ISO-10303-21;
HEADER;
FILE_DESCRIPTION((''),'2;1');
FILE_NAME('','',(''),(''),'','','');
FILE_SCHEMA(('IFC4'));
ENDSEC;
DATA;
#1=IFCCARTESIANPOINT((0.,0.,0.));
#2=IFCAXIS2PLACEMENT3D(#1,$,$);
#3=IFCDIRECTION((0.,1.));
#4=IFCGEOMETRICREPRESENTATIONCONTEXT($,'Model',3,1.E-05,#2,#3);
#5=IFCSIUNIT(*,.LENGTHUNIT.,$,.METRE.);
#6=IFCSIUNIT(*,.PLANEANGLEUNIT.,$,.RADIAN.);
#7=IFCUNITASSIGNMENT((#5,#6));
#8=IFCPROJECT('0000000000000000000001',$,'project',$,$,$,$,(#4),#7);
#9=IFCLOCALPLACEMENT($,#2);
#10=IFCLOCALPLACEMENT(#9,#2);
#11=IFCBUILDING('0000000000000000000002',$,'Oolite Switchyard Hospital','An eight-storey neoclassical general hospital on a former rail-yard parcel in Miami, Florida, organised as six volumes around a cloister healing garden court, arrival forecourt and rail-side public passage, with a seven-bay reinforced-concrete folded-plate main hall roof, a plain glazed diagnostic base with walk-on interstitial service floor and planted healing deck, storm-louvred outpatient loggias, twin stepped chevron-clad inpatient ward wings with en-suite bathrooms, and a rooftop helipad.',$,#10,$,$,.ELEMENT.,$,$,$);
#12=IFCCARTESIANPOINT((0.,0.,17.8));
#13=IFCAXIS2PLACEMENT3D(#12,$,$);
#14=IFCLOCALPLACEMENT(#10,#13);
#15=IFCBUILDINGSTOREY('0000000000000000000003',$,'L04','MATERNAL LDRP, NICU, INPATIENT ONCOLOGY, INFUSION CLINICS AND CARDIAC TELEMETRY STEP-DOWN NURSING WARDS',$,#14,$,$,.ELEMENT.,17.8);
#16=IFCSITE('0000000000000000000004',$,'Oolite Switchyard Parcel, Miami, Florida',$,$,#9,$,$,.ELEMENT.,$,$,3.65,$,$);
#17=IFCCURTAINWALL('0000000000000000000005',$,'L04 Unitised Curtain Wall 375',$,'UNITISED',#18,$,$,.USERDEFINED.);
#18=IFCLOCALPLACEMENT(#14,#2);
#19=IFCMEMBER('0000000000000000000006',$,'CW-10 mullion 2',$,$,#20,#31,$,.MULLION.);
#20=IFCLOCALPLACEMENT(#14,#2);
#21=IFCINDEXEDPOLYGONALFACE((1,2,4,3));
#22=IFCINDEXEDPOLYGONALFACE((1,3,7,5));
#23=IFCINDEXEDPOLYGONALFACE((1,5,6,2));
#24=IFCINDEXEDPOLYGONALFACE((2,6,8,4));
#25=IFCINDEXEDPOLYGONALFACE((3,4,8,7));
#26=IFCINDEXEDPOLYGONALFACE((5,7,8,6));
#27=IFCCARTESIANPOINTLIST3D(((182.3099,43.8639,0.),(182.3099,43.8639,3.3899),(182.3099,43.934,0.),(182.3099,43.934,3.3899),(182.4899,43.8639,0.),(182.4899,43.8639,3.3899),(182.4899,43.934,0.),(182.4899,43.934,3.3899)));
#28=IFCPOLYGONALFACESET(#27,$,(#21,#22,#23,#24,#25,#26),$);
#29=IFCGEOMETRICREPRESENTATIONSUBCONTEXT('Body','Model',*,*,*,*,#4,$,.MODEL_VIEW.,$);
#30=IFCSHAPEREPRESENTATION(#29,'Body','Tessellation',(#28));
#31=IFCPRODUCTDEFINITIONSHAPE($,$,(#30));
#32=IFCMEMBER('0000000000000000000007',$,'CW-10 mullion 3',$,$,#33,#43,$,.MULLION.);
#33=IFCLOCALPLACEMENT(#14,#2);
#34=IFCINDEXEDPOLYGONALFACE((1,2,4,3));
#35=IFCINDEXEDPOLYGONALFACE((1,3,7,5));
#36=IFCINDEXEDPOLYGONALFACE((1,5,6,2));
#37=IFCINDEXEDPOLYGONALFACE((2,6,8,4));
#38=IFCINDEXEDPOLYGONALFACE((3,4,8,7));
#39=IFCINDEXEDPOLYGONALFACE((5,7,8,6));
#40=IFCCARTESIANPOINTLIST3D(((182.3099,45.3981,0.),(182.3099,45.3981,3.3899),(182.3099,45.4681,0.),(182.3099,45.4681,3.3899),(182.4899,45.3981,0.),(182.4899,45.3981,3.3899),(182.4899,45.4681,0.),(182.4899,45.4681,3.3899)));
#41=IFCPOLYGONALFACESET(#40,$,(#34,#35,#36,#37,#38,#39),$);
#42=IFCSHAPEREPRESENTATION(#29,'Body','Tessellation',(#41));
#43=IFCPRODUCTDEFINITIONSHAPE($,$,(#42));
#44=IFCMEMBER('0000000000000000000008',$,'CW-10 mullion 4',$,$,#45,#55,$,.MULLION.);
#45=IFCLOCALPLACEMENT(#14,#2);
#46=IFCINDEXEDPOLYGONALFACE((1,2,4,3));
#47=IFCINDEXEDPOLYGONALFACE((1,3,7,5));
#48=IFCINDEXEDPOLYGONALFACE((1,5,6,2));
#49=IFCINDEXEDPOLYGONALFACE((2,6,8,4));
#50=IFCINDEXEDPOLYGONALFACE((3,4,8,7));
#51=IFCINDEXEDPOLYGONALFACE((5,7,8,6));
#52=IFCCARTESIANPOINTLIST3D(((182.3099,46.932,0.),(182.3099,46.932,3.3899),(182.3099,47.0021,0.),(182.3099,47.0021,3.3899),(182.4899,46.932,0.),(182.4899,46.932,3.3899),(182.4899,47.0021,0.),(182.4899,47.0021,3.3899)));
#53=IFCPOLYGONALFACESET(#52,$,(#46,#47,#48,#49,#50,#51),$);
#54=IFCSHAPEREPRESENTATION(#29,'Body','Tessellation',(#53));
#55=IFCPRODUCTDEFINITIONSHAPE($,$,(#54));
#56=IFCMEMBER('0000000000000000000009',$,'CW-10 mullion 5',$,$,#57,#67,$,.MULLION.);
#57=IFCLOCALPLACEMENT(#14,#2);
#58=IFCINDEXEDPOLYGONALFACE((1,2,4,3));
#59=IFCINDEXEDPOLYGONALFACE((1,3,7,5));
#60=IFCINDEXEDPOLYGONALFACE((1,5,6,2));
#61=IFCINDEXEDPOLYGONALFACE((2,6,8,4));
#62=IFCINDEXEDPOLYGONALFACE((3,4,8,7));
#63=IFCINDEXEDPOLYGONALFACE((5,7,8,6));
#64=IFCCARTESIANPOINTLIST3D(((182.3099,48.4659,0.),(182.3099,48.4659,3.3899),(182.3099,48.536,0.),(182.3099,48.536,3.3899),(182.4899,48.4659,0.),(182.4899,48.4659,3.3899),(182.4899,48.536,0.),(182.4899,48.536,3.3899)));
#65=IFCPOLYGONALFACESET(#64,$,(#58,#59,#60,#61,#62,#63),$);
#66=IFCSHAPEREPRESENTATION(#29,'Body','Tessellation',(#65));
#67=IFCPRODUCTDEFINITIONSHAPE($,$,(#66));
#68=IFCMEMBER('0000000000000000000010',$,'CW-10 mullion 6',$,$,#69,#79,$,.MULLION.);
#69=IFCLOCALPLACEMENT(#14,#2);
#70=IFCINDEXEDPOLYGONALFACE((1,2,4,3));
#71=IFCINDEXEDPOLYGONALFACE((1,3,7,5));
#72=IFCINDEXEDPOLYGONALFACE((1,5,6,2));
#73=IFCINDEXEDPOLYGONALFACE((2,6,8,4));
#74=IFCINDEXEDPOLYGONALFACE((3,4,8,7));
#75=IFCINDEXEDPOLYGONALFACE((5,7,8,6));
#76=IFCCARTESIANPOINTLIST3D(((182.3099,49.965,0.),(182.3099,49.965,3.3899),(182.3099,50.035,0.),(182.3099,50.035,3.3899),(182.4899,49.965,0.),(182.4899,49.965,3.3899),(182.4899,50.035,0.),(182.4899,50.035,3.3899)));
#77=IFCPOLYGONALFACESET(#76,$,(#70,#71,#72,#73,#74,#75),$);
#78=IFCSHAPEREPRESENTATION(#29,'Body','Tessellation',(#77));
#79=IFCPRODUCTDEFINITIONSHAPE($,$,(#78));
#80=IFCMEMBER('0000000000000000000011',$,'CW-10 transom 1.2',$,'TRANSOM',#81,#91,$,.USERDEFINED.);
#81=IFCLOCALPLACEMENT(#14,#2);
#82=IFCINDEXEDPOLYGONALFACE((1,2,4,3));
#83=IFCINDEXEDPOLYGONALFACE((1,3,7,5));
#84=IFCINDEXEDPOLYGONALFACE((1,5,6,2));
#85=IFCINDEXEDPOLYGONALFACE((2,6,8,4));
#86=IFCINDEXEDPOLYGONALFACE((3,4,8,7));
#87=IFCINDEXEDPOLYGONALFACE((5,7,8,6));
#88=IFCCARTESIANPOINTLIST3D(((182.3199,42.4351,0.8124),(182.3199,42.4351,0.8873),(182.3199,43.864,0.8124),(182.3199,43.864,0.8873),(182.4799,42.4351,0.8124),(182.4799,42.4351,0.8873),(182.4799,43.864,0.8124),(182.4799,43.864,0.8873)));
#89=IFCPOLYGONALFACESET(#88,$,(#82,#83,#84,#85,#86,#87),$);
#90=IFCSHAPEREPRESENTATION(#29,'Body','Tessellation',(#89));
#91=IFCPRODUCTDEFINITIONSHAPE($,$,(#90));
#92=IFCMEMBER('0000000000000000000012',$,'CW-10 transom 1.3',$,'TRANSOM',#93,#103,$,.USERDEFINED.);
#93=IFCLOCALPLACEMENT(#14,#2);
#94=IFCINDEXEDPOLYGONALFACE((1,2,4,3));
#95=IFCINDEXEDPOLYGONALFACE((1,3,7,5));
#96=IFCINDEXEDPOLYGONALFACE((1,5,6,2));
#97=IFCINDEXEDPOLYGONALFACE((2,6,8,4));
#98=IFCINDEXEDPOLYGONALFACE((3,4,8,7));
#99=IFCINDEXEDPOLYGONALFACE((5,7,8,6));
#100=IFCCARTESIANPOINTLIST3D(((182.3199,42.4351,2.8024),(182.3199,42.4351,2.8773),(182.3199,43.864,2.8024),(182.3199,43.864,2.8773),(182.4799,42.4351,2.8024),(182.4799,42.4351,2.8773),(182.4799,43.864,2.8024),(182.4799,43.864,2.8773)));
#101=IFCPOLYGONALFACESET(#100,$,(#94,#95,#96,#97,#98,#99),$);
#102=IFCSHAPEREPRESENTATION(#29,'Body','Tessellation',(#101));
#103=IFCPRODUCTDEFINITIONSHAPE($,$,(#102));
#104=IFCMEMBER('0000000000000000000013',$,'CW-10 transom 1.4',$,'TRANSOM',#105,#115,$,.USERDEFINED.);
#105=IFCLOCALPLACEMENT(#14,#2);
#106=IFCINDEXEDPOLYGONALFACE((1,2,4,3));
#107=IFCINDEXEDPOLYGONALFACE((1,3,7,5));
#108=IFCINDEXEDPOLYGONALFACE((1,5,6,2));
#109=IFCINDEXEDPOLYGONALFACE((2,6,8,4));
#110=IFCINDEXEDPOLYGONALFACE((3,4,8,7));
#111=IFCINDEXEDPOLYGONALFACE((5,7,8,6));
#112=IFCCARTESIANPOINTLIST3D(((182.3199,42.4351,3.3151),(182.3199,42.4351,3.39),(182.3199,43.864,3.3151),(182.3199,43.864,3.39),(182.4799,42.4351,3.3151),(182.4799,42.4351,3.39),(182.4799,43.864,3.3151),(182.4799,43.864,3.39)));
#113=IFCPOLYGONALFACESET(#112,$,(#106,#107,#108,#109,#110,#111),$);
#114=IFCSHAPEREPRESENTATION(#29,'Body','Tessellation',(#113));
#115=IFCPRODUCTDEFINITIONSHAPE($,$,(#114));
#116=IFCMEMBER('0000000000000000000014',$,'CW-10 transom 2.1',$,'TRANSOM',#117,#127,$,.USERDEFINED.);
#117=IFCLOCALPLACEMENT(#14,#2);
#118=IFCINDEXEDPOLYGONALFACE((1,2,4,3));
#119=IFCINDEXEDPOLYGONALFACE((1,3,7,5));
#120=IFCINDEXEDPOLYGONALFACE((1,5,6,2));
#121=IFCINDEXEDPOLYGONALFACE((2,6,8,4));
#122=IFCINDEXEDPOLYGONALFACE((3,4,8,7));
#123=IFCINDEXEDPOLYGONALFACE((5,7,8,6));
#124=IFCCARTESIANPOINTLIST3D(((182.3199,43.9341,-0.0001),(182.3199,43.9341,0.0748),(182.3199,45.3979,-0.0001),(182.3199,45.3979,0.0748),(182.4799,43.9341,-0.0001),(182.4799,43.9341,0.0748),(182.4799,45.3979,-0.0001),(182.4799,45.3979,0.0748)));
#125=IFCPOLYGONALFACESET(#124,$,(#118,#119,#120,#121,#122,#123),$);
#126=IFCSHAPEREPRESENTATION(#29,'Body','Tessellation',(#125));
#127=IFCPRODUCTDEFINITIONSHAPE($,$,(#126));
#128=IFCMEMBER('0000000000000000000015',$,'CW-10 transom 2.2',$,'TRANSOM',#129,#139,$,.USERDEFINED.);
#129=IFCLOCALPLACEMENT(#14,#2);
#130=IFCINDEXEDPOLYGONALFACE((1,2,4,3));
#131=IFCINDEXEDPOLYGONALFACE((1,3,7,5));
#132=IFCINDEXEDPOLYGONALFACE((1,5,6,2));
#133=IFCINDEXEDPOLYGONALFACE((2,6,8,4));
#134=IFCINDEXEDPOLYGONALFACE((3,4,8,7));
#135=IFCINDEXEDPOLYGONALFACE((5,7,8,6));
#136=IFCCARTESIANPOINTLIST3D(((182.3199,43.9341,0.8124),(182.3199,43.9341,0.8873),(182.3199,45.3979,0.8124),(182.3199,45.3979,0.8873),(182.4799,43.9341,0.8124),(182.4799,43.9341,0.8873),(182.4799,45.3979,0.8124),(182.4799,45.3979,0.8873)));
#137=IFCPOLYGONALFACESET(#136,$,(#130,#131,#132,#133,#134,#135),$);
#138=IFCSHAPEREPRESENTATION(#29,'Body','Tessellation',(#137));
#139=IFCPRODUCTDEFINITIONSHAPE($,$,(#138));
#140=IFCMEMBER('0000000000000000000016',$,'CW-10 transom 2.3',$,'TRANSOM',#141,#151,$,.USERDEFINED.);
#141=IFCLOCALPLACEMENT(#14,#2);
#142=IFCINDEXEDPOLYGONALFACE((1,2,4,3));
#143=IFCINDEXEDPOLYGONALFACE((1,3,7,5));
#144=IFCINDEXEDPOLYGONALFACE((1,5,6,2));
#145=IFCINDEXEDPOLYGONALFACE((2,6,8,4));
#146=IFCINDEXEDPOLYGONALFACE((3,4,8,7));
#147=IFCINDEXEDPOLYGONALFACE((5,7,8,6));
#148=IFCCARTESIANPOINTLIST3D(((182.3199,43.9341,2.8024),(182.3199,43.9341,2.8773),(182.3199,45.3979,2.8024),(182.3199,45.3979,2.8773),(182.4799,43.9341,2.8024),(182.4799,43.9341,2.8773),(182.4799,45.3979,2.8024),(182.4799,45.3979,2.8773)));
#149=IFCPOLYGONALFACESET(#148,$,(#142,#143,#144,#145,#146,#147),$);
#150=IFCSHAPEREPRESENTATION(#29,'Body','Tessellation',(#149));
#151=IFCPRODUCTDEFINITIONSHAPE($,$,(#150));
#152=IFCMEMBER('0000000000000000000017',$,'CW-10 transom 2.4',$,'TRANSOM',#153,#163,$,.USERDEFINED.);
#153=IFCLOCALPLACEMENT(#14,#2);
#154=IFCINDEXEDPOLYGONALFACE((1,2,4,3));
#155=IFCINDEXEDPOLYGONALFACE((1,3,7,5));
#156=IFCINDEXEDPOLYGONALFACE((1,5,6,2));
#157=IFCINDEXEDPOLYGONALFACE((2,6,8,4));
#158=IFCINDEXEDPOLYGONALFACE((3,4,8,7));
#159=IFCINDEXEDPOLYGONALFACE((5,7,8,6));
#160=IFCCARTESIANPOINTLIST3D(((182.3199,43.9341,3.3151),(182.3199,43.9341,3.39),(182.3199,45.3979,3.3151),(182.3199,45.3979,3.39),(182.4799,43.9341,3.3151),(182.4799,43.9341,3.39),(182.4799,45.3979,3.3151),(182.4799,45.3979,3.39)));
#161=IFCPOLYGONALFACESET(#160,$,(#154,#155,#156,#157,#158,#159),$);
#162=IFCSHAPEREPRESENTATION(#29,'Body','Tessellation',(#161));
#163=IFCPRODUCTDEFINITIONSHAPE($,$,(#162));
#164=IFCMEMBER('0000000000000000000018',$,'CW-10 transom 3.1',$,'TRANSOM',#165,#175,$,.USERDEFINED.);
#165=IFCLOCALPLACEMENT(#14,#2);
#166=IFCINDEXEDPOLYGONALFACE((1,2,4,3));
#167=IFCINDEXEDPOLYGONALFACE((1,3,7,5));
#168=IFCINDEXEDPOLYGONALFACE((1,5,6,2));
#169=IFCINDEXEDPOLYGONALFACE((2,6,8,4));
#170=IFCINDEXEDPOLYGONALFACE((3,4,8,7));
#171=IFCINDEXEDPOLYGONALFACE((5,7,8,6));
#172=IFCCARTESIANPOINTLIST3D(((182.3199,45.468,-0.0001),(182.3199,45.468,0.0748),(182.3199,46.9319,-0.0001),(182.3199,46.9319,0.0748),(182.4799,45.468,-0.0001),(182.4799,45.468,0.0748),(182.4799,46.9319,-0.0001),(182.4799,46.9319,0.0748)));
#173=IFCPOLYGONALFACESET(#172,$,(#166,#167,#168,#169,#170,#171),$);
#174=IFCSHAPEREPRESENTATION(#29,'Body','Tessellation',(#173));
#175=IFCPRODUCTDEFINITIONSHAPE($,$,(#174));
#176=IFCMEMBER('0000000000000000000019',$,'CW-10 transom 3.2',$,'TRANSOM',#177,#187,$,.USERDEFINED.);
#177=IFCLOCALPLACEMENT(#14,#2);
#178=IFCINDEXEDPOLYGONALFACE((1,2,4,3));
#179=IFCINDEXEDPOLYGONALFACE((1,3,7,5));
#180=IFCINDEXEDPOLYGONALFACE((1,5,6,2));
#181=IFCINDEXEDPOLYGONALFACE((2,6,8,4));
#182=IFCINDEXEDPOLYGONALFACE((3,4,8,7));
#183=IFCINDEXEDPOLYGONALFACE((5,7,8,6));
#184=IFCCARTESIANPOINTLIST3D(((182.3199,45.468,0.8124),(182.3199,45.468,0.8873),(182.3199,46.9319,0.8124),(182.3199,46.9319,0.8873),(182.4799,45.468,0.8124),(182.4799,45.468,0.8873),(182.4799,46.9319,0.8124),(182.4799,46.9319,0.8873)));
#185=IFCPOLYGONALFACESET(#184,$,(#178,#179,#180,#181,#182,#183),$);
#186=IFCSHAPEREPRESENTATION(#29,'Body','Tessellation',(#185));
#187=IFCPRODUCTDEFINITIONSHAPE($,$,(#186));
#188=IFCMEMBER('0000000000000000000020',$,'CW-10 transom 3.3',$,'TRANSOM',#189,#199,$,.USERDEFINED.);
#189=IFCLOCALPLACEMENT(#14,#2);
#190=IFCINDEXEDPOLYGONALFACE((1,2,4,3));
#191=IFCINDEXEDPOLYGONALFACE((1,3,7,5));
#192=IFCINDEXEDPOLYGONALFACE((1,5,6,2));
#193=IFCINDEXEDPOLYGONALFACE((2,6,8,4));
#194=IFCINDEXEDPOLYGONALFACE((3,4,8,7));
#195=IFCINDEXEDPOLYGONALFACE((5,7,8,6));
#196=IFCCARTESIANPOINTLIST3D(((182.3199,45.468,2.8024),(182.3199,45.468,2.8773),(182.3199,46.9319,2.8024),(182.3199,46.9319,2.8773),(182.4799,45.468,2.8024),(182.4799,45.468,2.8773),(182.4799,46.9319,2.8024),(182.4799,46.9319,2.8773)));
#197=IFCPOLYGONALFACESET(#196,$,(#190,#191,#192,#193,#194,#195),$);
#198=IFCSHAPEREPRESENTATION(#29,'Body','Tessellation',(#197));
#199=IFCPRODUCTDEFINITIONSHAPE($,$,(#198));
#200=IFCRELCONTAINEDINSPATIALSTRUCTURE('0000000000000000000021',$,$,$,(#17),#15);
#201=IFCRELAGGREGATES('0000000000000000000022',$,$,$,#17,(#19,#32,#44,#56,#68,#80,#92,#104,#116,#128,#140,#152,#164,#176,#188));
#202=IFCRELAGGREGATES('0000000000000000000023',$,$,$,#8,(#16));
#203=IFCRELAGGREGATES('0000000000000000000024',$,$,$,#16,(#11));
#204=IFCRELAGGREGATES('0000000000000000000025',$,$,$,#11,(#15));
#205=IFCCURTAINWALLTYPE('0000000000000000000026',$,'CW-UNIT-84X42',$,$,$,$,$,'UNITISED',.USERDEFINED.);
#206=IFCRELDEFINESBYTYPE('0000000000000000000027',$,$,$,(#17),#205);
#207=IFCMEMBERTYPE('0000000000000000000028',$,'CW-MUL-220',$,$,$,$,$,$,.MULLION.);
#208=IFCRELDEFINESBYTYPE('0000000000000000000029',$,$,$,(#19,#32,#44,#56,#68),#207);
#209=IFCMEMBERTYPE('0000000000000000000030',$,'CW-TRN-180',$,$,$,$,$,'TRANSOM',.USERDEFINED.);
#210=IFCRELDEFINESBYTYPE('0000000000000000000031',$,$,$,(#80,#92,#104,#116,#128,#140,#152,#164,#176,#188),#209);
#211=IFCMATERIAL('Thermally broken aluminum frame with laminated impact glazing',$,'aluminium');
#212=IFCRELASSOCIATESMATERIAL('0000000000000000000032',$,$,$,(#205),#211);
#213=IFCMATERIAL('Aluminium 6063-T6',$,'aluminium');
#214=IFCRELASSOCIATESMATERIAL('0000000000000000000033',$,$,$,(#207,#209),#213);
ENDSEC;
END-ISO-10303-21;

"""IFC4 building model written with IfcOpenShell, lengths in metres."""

from ifc_helpers import new_model, si_unit, direction, frame, origin, origin_2d, place, context, subcontext, project, spatial, rectangle, extrude, material, material_profile, profile_set, type_object, element, aggregate, save


model = new_model("IFC4")

# Units and contexts
model_context = context("Model", 3, precision=1e-05, world=origin(), true_north=direction((0.0, 1.0)))
body_context = subcontext(model_context, "Body", "Model", "MODEL_VIEW")
ifc_project = project(units=[si_unit("LENGTHUNIT", "METRE"), si_unit("PLANEANGLEUNIT", "RADIAN")], contexts=[model_context])

# Site, building, storey
site_placement = place(None, origin())
site = spatial("IfcSite", under=ifc_project, at=site_placement, Name="Oolite Switchyard Parcel, Miami, Florida", CompositionType="ELEMENT", RefElevation=3.65)
building_placement = place(site_placement, origin())
building = spatial("IfcBuilding", under=site, at=building_placement, Name="Oolite Switchyard Hospital", Description="An eight-storey neoclassical general hospital on a former rail-yard parcel in Miami, Florida, organised as six volumes around a cloister healing garden court, arrival forecourt and rail-side public passage, with a seven-bay reinforced-concrete folded-plate main hall roof, a plain glazed diagnostic base with walk-on interstitial service floor and planted healing deck, storm-louvred outpatient loggias, twin stepped chevron-clad inpatient ward wings with en-suite bathrooms, and a rooftop helipad.", CompositionType="ELEMENT")
storey_placement = place(building_placement, frame((0.0, 0.0, 17.8)))
storey = spatial("IfcBuildingStorey", under=building, at=storey_placement, Name="L04", Description="MATERNAL LDRP, NICU, INPATIENT ONCOLOGY, INFUSION CLINICS AND CARDIAC TELEMETRY STEP-DOWN NURSING WARDS", CompositionType="ELEMENT", Elevation=17.8)

# Curtain wall, members
ifc_material_1 = material(Name="Thermally broken aluminum frame with laminated impact glazing", Category="aluminium")
curtain_wall_type = type_object("IfcCurtainWallType", Name="CW-UNIT-84X42", ElementType="UNITISED", PredefinedType="USERDEFINED", material=ifc_material_1)
curtain_wall_placement = place(storey_placement, origin())
curtain_wall = element("IfcCurtainWall", 1, at=curtain_wall_placement, inside=storey, type_object=curtain_wall_type, Name="L04 Unitised Curtain Wall 375", ObjectType="UNITISED", PredefinedType="USERDEFINED")
ifc_material_2 = material(Name="Aluminium 6063-T6", Category="aluminium")
ifc_material_profile_1 = material_profile(ifc_material_2, rectangle(XDim=0.1799, YDim=0.0701, at=origin_2d()), Name="CWM70X180")
ifc_profile_set_1 = profile_set([ifc_material_profile_1], Name="Aluminium 6063-T6")
member_type_1 = type_object("IfcMemberType", Name="CW-MUL-220", PredefinedType="MULLION", material=ifc_profile_set_1)
member_1_placement = place(storey_placement, frame((182.3999, 43.8989, 0.0), z_axis=(0.0, 0.0, 1.0), x_axis=(-1.0, 0.0, 0.0)))
member_1 = element("IfcMember", 2, at=member_1_placement, type_object=member_type_1, Name="CW-10 mullion 2", PredefinedType="MULLION", context=body_context, shape_type="SweptSolid", body=[
    extrude(rectangle(XDim=0.1799, YDim=0.0701, at=origin_2d()), origin(), (0.0, 0.0, 1.0), 3.3899),
])
member_2_placement = place(storey_placement, frame((182.3999, 45.4331, 0.0), z_axis=(0.0, 0.0, 1.0), x_axis=(-1.0, 0.0, 0.0)))
member_2 = element("IfcMember", 3, at=member_2_placement, type_object=member_type_1, Name="CW-10 mullion 3", PredefinedType="MULLION", context=body_context, shape_type="SweptSolid", body=[
    extrude(rectangle(XDim=0.1799, YDim=0.0701, at=origin_2d()), origin(), (0.0, 0.0, 1.0), 3.3899),
])
member_3_placement = place(storey_placement, frame((182.3999, 46.967, 0.0), z_axis=(0.0, 0.0, 1.0), x_axis=(-1.0, 0.0, 0.0)))
member_3 = element("IfcMember", 4, at=member_3_placement, type_object=member_type_1, Name="CW-10 mullion 4", PredefinedType="MULLION", context=body_context, shape_type="SweptSolid", body=[
    extrude(rectangle(XDim=0.1799, YDim=0.0701, at=origin_2d()), origin(), (0.0, 0.0, 1.0), 3.3899),
])
member_4_placement = place(storey_placement, frame((182.3999, 48.501, 0.0), z_axis=(0.0, 0.0, 1.0), x_axis=(-1.0, 0.0, 0.0)))
member_4 = element("IfcMember", 5, at=member_4_placement, type_object=member_type_1, Name="CW-10 mullion 5", PredefinedType="MULLION", context=body_context, shape_type="SweptSolid", body=[
    extrude(rectangle(XDim=0.1799, YDim=0.0701, at=origin_2d()), origin(), (0.0, 0.0, 1.0), 3.3899),
])
member_5_placement = place(storey_placement, frame((182.3999, 50.0, 0.0), z_axis=(0.0, 0.0, 1.0), x_axis=(-1.0, 0.0, 0.0)))
member_5 = element("IfcMember", 6, at=member_5_placement, type_object=member_type_1, Name="CW-10 mullion 6", PredefinedType="MULLION", context=body_context, shape_type="SweptSolid", body=[
    extrude(rectangle(XDim=0.1799, YDim=0.0701, at=origin_2d()), origin(), (0.0, 0.0, 1.0), 3.3899),
])
ifc_material_profile_2 = material_profile(ifc_material_2, rectangle(XDim=0.1599, YDim=0.075, at=origin_2d()), Name="CWT75X160")
ifc_profile_set_2 = profile_set([ifc_material_profile_2], Name="Aluminium 6063-T6")
member_type_2 = type_object("IfcMemberType", Name="CW-TRN-180", ElementType="TRANSOM", PredefinedType="USERDEFINED", material=ifc_profile_set_2)
member_6_placement = place(storey_placement, frame((182.3999, 42.4351, 0.8499), z_axis=(0.0, 1.0, 0.0), x_axis=(-1.0, 0.0, 0.0)))
member_6 = element("IfcMember", 7, at=member_6_placement, type_object=member_type_2, Name="CW-10 transom 1.2", ObjectType="TRANSOM", PredefinedType="USERDEFINED", context=body_context, shape_type="SweptSolid", body=[
    extrude(rectangle(XDim=0.1599, YDim=0.075, at=origin_2d()), origin(), (0.0, 0.0, 1.0), 1.429),
])
member_7_placement = place(storey_placement, frame((182.3999, 42.4351, 2.8398), z_axis=(0.0, 1.0, 0.0), x_axis=(-1.0, 0.0, 0.0)))
member_7 = element("IfcMember", 8, at=member_7_placement, type_object=member_type_2, Name="CW-10 transom 1.3", ObjectType="TRANSOM", PredefinedType="USERDEFINED", context=body_context, shape_type="SweptSolid", body=[
    extrude(rectangle(XDim=0.1599, YDim=0.075, at=origin_2d()), origin(), (0.0, 0.0, 1.0), 1.429),
])
member_8_placement = place(storey_placement, frame((182.3999, 42.4351, 3.3525), z_axis=(0.0, 1.0, 0.0), x_axis=(-1.0, 0.0, 0.0)))
member_8 = element("IfcMember", 9, at=member_8_placement, type_object=member_type_2, Name="CW-10 transom 1.4", ObjectType="TRANSOM", PredefinedType="USERDEFINED", context=body_context, shape_type="SweptSolid", body=[
    extrude(rectangle(XDim=0.1599, YDim=0.075, at=origin_2d()), origin(), (0.0, 0.0, 1.0), 1.429),
])
member_9_placement = place(storey_placement, frame((182.3999, 43.9341, 0.0374), z_axis=(0.0, 1.0, 0.0), x_axis=(-1.0, 0.0, 0.0)))
member_9 = element("IfcMember", 10, at=member_9_placement, type_object=member_type_2, Name="CW-10 transom 2.1", ObjectType="TRANSOM", PredefinedType="USERDEFINED", context=body_context, shape_type="SweptSolid", body=[
    extrude(rectangle(XDim=0.1599, YDim=0.075, at=origin_2d()), origin(), (0.0, 0.0, 1.0), 1.4639),
])
member_10_placement = place(storey_placement, frame((182.3999, 43.9341, 0.8499), z_axis=(0.0, 1.0, 0.0), x_axis=(-1.0, 0.0, 0.0)))
member_10 = element("IfcMember", 11, at=member_10_placement, type_object=member_type_2, Name="CW-10 transom 2.2", ObjectType="TRANSOM", PredefinedType="USERDEFINED", context=body_context, shape_type="SweptSolid", body=[
    extrude(rectangle(XDim=0.1599, YDim=0.075, at=origin_2d()), origin(), (0.0, 0.0, 1.0), 1.4639),
])
member_11_placement = place(storey_placement, frame((182.3999, 43.9341, 2.8398), z_axis=(0.0, 1.0, 0.0), x_axis=(-1.0, 0.0, 0.0)))
member_11 = element("IfcMember", 12, at=member_11_placement, type_object=member_type_2, Name="CW-10 transom 2.3", ObjectType="TRANSOM", PredefinedType="USERDEFINED", context=body_context, shape_type="SweptSolid", body=[
    extrude(rectangle(XDim=0.1599, YDim=0.075, at=origin_2d()), origin(), (0.0, 0.0, 1.0), 1.4639),
])
member_12_placement = place(storey_placement, frame((182.3999, 43.9341, 3.3525), z_axis=(0.0, 1.0, 0.0), x_axis=(-1.0, 0.0, 0.0)))
member_12 = element("IfcMember", 13, at=member_12_placement, type_object=member_type_2, Name="CW-10 transom 2.4", ObjectType="TRANSOM", PredefinedType="USERDEFINED", context=body_context, shape_type="SweptSolid", body=[
    extrude(rectangle(XDim=0.1599, YDim=0.075, at=origin_2d()), origin(), (0.0, 0.0, 1.0), 1.4639),
])
member_13_placement = place(storey_placement, frame((182.3999, 45.468, 0.0374), z_axis=(0.0, 1.0, 0.0), x_axis=(-1.0, 0.0, 0.0)))
member_13 = element("IfcMember", 14, at=member_13_placement, type_object=member_type_2, Name="CW-10 transom 3.1", ObjectType="TRANSOM", PredefinedType="USERDEFINED", context=body_context, shape_type="SweptSolid", body=[
    extrude(rectangle(XDim=0.1599, YDim=0.075, at=origin_2d()), origin(), (0.0, 0.0, 1.0), 1.4639),
])
member_14_placement = place(storey_placement, frame((182.3999, 45.468, 0.8499), z_axis=(0.0, 1.0, 0.0), x_axis=(-1.0, 0.0, 0.0)))
member_14 = element("IfcMember", 15, at=member_14_placement, type_object=member_type_2, Name="CW-10 transom 3.2", ObjectType="TRANSOM", PredefinedType="USERDEFINED", context=body_context, shape_type="SweptSolid", body=[
    extrude(rectangle(XDim=0.1599, YDim=0.075, at=origin_2d()), origin(), (0.0, 0.0, 1.0), 1.4639),
])
member_15_placement = place(storey_placement, frame((182.3999, 45.468, 2.8398), z_axis=(0.0, 1.0, 0.0), x_axis=(-1.0, 0.0, 0.0)))
member_15 = element("IfcMember", 16, at=member_15_placement, type_object=member_type_2, Name="CW-10 transom 3.3", ObjectType="TRANSOM", PredefinedType="USERDEFINED", context=body_context, shape_type="SweptSolid", body=[
    extrude(rectangle(XDim=0.1599, YDim=0.075, at=origin_2d()), origin(), (0.0, 0.0, 1.0), 1.4639),
])
aggregate(curtain_wall, [member_1, member_2, member_3, member_4, member_5, member_6, member_7, member_8, member_9, member_10, member_11, member_12, member_13, member_14, member_15])

save(model, "model.ifc")
